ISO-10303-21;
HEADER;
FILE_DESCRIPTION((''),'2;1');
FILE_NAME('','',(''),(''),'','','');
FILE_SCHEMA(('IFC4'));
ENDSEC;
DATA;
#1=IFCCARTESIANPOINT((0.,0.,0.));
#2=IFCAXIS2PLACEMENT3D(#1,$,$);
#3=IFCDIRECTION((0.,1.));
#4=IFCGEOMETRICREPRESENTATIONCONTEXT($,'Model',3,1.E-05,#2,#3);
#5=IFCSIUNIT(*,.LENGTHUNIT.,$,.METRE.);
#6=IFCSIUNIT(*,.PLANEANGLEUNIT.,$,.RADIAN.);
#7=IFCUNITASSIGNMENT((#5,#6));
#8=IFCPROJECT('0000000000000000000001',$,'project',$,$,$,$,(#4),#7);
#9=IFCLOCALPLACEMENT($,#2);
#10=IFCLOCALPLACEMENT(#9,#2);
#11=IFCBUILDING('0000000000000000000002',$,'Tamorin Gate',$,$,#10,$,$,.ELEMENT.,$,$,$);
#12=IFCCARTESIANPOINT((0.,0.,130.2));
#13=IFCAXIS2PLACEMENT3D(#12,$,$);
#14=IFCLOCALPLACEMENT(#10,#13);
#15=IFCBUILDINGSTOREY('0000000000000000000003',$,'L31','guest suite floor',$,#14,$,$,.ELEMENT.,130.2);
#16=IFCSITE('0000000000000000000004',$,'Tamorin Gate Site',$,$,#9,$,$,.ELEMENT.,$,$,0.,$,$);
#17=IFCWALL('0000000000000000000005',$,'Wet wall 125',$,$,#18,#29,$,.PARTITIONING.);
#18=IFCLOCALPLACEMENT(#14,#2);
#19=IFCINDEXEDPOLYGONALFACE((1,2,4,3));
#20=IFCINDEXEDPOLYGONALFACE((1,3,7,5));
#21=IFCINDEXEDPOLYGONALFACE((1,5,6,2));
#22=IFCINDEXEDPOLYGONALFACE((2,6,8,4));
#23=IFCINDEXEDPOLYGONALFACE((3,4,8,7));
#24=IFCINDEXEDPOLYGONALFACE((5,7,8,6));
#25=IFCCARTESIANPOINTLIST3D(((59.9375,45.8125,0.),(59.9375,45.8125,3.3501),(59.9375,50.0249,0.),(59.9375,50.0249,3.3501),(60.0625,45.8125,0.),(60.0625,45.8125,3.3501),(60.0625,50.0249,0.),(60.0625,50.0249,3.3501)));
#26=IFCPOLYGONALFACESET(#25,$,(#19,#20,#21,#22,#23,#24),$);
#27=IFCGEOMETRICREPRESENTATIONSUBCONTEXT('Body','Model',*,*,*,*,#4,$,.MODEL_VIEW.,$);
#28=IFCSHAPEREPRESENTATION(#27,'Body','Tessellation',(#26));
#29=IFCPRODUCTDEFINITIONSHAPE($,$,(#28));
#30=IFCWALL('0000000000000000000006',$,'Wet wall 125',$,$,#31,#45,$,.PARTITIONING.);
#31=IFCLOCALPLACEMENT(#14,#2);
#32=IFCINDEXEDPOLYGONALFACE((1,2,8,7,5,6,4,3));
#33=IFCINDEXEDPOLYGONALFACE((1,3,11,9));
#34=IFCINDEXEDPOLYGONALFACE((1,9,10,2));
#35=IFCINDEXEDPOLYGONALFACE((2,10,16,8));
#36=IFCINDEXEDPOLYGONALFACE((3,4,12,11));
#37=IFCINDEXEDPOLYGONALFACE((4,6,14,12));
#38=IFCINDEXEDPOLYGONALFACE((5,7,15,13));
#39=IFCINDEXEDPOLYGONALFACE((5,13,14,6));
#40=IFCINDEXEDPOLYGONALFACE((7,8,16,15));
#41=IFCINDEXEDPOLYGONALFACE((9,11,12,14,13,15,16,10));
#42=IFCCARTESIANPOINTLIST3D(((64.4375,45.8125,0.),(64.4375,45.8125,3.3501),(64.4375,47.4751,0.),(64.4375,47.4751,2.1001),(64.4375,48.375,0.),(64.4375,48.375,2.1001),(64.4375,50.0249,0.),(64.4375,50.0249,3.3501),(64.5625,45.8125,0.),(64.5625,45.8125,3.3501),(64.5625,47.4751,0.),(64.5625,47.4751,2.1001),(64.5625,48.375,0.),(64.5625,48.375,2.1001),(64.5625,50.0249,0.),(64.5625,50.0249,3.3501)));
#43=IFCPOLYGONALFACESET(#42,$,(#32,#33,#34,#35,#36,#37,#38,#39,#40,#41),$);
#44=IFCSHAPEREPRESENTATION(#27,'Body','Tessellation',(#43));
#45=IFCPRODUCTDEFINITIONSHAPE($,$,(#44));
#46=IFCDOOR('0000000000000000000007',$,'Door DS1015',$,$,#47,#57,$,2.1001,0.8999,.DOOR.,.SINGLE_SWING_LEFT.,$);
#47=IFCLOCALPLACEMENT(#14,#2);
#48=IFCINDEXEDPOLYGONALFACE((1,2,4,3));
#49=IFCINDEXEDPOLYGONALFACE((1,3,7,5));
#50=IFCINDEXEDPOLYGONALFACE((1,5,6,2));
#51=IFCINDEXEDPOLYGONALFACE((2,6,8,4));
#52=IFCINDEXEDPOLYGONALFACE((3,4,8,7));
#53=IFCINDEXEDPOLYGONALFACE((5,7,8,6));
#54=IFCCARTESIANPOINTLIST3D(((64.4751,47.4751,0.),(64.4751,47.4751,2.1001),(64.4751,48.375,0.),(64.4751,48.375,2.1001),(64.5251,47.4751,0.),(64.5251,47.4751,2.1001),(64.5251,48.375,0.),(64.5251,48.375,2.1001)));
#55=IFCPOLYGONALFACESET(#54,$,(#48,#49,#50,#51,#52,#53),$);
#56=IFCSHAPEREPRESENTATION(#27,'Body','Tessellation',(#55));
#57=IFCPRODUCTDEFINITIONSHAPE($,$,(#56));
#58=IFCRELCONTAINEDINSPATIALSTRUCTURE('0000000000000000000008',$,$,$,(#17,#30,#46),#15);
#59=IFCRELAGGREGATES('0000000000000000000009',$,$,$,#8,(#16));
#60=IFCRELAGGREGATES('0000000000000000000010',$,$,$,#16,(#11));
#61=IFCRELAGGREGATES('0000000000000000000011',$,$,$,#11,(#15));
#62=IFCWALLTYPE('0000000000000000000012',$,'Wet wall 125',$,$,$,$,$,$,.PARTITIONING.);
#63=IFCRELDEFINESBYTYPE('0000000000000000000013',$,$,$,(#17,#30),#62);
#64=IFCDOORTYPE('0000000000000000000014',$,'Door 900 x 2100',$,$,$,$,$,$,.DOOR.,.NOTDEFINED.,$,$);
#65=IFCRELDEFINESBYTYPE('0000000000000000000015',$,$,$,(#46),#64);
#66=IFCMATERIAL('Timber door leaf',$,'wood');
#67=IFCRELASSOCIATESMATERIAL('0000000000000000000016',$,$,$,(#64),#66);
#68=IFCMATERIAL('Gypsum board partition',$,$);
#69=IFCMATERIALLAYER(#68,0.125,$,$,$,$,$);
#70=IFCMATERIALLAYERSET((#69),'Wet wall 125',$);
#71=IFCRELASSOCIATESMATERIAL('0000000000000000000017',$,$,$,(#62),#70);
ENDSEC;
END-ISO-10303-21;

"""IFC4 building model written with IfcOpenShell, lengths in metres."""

from ifc_helpers import new_model, si_unit, direction, frame, frame_2d, origin, place, context, subcontext, project, spatial, rectangle, extrude, material, layer, layer_set, type_object, element, fill, save


model = new_model("IFC4")

# Units and contexts
model_context = context("Model", 3, precision=1e-05, world=origin(), true_north=direction((0.0, 1.0)))
body_context = subcontext(model_context, "Body", "Model", "MODEL_VIEW")
ifc_project = project(units=[si_unit("LENGTHUNIT", "METRE"), si_unit("PLANEANGLEUNIT", "RADIAN")], contexts=[model_context])

# Site, building, storey
site_placement = place(None, origin())
site = spatial("IfcSite", under=ifc_project, at=site_placement, Name="Tamorin Gate Site", CompositionType="ELEMENT", RefElevation=0.0)
building_placement = place(site_placement, origin())
building = spatial("IfcBuilding", under=site, at=building_placement, Name="Tamorin Gate", CompositionType="ELEMENT")
storey_placement = place(building_placement, frame((0.0, 0.0, 130.2)))
storey = spatial("IfcBuildingStorey", under=building, at=storey_placement, Name="L31", Description="guest suite floor", CompositionType="ELEMENT", Elevation=130.2)

# Shared definitions
ifc_material_1 = material(Name="Gypsum board partition")
ifc_material_2 = material(Name="Timber door leaf", Category="wood")

# Shared definitions
door_type_1 = type_object("IfcDoorType", Name="Door 900 x 2100", OperationType="NOTDEFINED", PredefinedType="DOOR", material=ifc_material_2)

# Shared definitions
ifc_layer_1 = layer(ifc_material_1, 0.125)
ifc_layer_set_1 = layer_set([ifc_layer_1], Name="Wet wall 125")
wall_type_1 = type_object("IfcWallType", Name="Wet wall 125", PredefinedType="PARTITIONING", material=ifc_layer_set_1)

# Wall
for number, where, z_axis, x_axis, name in (
    (1, (60.0, 45.8125, 0.0), (0.0, 0.0, 1.0), (0.0, 1.0, 0.0), "Wet wall 125"),
):
    element("IfcWall", number, at=place(storey_placement, frame(where, z_axis=z_axis, x_axis=x_axis)), inside=storey, type_object=wall_type_1, Name=name, PredefinedType="PARTITIONING", context=body_context, shape_type="SweptSolid", body=[
        extrude(rectangle(XDim=4.2124, YDim=0.125, at=frame_2d((2.1062, 0.0))), origin(), (0.0, 0.0, 1.0), 3.3501),
    ])

# Wall, opening, door
wall_1_placement = place(storey_placement, frame((64.5, 45.8125, 0.0), z_axis=(0.0, 0.0, 1.0), x_axis=(0.0, 1.0, 0.0)))
wall_1 = element("IfcWall", 2, at=wall_1_placement, inside=storey, type_object=wall_type_1, Name="Wet wall 125", PredefinedType="PARTITIONING", context=body_context, shape_type="SweptSolid", body=[
    extrude(rectangle(XDim=4.2124, YDim=0.125, at=frame_2d((2.1062, 0.0))), origin(), (0.0, 0.0, 1.0), 3.3501),
])
opening_1_placement = place(wall_1_placement, frame((1.6626, 0.0, 0.0)))
opening_1 = element("IfcOpeningElement", 3, at=opening_1_placement, cuts=wall_1, PredefinedType="OPENING", context=body_context, shape_type="SweptSolid", body=[
    extrude(rectangle(XDim=0.8999, YDim=2.1001, at=frame_2d((0.45, 1.05))), frame((0.0, 0.0725, 0.0), z_axis=(0.0, -1.0, 0.0), x_axis=(1.0, 0.0, 0.0)), (0.0, 0.0, 1.0), 0.145),
])
door_1_placement = place(opening_1_placement, origin())
door_1 = element("IfcDoor", 4, at=door_1_placement, inside=storey, type_object=door_type_1, Name="Door DS1015", OperationType="SINGLE_SWING_LEFT", OverallHeight=2.1001, OverallWidth=0.8999, PredefinedType="DOOR", context=body_context, shape_type="SweptSolid", body=[
    extrude(rectangle(XDim=0.8999, YDim=2.1001, at=frame_2d((0.45, 1.05))), frame((0.0, 0.0249, 0.0), z_axis=(0.0, -1.0, 0.0), x_axis=(1.0, 0.0, 0.0)), (0.0, 0.0, 1.0), 0.05),
])
fill(opening_1, door_1)

save(model, "model.ifc")
